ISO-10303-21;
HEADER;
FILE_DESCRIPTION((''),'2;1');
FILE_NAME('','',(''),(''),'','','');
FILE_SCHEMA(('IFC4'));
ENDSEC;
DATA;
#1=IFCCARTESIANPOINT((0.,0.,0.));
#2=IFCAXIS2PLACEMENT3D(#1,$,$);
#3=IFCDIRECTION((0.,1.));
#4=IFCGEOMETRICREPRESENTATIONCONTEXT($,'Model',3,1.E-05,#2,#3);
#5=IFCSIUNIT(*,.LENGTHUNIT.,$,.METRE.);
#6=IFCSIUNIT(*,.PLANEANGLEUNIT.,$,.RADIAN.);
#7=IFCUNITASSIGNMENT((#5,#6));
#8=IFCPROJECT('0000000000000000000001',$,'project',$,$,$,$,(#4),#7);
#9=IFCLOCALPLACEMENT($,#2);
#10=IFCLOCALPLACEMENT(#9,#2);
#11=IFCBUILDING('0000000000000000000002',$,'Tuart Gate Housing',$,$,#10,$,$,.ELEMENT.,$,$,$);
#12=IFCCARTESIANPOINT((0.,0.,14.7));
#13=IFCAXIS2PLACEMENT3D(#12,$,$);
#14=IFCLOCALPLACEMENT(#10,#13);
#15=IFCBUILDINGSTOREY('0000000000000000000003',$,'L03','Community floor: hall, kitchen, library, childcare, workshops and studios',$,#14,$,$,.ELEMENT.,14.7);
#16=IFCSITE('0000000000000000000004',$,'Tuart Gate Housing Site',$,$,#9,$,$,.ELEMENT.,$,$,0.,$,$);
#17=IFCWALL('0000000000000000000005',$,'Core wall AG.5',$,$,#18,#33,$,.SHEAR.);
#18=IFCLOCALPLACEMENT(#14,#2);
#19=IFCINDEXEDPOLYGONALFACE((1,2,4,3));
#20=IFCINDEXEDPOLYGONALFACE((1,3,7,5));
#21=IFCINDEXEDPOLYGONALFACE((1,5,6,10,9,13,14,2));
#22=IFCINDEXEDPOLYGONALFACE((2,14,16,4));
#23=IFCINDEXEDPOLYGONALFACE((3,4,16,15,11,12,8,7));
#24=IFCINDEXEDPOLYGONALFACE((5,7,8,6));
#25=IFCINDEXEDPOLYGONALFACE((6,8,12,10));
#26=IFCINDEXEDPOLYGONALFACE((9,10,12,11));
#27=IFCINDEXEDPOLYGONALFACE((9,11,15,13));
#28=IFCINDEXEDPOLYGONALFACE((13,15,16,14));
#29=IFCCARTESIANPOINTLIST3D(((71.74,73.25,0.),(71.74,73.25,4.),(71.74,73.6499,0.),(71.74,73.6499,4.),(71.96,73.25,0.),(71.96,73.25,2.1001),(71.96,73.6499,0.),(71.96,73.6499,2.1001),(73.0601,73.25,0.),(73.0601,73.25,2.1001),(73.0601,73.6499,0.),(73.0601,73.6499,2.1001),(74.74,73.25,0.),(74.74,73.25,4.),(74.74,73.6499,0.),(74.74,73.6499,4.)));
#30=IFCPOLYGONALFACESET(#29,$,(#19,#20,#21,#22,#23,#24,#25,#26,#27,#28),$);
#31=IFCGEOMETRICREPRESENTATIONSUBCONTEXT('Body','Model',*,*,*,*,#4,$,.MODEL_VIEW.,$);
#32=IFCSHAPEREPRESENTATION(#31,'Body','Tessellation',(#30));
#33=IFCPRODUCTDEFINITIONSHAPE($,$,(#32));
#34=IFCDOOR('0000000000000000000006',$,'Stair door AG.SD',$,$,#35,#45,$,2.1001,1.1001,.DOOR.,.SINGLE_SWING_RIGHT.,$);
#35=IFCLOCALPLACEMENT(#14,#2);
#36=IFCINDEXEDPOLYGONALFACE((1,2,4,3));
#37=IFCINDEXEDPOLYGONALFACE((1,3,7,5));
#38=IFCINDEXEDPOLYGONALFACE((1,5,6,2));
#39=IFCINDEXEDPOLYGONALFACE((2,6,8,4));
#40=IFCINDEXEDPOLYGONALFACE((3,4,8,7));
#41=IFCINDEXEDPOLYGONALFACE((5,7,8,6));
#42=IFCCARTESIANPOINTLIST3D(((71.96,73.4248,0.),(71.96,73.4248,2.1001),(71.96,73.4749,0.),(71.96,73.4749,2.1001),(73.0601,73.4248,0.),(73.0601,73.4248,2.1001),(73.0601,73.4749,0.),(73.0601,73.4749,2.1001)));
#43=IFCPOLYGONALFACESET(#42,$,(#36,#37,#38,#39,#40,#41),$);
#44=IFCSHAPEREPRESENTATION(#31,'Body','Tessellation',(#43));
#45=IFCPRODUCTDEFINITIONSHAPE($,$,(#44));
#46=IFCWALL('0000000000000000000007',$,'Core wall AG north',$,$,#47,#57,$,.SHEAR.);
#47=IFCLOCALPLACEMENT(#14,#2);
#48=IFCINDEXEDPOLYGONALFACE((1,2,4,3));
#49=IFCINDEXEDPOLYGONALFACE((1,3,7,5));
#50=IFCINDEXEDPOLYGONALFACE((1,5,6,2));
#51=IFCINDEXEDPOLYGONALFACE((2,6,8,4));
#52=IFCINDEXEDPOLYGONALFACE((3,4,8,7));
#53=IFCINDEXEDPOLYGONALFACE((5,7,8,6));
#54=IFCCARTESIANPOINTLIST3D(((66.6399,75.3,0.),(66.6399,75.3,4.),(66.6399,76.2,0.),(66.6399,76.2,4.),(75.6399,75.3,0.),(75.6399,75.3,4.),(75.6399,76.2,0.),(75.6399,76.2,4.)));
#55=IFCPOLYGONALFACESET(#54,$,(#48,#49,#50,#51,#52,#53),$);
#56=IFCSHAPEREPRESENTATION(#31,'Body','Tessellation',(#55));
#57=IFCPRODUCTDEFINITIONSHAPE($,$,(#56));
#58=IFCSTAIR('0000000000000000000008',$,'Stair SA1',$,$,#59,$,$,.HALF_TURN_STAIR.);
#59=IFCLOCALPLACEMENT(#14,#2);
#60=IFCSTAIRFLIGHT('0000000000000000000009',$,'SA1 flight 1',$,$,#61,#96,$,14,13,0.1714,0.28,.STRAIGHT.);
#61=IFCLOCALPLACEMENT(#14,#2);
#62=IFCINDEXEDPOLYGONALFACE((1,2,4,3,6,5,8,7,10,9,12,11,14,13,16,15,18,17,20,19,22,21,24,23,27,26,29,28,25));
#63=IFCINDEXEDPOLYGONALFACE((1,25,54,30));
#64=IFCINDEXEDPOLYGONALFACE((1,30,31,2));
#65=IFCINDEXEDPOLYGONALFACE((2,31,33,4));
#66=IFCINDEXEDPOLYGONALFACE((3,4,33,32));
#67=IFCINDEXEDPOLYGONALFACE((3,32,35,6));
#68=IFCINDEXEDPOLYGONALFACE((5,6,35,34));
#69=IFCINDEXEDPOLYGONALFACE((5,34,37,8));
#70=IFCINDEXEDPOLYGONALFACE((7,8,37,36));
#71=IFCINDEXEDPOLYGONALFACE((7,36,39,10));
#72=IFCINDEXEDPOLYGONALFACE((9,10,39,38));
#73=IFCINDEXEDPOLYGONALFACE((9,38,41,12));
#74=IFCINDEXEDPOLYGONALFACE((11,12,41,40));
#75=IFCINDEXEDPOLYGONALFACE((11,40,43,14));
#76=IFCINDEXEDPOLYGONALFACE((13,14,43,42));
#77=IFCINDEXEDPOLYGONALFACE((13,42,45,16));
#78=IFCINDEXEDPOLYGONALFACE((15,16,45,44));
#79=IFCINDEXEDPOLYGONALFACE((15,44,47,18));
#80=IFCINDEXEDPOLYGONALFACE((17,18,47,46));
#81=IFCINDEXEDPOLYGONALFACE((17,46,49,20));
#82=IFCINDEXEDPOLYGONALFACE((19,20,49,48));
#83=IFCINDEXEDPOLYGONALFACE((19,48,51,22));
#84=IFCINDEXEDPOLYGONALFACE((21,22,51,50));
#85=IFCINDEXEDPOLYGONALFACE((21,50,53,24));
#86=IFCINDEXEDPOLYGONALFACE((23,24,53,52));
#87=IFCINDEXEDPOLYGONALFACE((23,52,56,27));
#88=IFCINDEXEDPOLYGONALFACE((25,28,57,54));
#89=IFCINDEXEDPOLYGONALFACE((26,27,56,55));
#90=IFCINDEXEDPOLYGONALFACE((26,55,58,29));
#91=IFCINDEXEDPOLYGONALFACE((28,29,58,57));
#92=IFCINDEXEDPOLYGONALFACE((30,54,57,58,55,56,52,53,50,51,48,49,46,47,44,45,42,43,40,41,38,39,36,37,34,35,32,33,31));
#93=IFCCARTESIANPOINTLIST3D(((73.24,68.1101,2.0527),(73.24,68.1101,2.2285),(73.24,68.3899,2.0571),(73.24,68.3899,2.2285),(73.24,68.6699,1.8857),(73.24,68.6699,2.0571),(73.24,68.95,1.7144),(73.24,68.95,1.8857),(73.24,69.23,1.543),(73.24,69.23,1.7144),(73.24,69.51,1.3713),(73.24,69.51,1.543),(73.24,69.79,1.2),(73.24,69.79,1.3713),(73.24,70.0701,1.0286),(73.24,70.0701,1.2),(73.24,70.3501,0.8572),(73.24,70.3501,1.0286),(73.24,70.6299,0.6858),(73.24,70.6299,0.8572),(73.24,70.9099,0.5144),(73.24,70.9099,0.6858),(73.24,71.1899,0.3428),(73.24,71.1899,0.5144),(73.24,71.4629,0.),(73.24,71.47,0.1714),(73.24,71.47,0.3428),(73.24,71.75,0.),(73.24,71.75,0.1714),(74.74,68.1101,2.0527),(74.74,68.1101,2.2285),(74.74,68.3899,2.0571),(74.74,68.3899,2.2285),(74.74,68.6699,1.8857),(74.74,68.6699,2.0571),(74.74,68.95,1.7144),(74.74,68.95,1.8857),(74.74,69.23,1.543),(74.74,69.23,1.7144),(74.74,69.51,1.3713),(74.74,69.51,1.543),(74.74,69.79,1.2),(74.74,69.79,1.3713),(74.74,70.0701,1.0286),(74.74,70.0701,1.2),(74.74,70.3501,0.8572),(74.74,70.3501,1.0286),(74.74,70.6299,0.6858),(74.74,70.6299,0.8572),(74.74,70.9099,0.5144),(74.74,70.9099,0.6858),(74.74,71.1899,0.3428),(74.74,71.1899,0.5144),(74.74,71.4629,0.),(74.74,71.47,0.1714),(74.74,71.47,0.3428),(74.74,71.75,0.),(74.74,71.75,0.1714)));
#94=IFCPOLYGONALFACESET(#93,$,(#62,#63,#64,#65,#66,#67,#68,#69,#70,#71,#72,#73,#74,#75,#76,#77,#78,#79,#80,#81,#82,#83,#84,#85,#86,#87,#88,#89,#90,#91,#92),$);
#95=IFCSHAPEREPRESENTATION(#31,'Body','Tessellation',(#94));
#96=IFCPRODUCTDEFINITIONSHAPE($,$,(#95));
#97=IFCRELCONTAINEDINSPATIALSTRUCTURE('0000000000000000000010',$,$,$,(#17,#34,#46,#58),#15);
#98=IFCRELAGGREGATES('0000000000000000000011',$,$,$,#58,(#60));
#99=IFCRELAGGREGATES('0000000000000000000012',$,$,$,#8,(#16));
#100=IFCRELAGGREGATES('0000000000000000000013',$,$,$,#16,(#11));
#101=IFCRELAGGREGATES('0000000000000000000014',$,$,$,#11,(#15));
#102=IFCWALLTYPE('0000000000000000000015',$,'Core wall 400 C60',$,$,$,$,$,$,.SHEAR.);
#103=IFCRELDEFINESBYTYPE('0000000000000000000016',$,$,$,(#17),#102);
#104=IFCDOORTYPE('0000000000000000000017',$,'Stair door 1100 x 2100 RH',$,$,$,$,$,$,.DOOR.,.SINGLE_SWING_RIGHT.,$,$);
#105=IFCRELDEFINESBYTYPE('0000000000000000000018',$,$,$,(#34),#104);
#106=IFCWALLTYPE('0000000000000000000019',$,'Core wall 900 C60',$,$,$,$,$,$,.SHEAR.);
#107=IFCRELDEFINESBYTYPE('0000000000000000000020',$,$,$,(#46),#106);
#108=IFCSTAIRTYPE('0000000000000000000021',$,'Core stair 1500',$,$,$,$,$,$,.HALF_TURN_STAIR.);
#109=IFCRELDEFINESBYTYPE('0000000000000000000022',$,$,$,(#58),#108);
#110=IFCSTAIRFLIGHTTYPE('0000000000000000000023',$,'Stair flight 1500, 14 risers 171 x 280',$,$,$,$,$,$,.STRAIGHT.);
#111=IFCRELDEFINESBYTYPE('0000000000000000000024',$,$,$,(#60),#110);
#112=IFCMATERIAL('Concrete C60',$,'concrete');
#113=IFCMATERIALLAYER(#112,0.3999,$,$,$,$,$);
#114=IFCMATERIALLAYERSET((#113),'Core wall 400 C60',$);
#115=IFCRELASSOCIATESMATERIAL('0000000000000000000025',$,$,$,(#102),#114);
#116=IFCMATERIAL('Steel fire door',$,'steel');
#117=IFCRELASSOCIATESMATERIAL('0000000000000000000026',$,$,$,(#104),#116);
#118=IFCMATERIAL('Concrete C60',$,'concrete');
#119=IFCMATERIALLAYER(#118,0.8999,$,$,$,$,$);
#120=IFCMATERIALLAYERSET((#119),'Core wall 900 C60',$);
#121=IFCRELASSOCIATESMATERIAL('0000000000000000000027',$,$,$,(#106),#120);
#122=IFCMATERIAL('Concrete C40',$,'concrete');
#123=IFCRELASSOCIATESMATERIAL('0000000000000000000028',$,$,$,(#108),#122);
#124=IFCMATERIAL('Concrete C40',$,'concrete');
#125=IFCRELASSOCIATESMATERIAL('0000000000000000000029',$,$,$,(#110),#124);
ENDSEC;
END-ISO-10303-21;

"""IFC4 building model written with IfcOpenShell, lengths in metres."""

from ifc_helpers import new_model, si_unit, direction, frame, frame_2d, origin, place, context, subcontext, project, spatial, polyline, rectangle, outline, extrude, material, layer, layer_set, type_object, element, fill, aggregate, save


model = new_model("IFC4")

# Units and contexts
model_context = context("Model", 3, precision=1e-05, world=origin(), true_north=direction((0.0, 1.0)))
body_context = subcontext(model_context, "Body", "Model", "MODEL_VIEW")
ifc_project = project(units=[si_unit("LENGTHUNIT", "METRE"), si_unit("PLANEANGLEUNIT", "RADIAN")], contexts=[model_context])

# Site, building, storey
site_placement = place(None, origin())
site = spatial("IfcSite", under=ifc_project, at=site_placement, Name="Tuart Gate Housing Site", CompositionType="ELEMENT", RefElevation=0.0)
building_placement = place(site_placement, origin())
building = spatial("IfcBuilding", under=site, at=building_placement, Name="Tuart Gate Housing", CompositionType="ELEMENT")
storey_placement = place(building_placement, frame((0.0, 0.0, 14.7)))
storey = spatial("IfcBuildingStorey", under=building, at=storey_placement, Name="L03", Description="Community floor: hall, kitchen, library, childcare, workshops and studios", CompositionType="ELEMENT", Elevation=14.7)

# Shared definitions
ifc_material_1 = material(Name="Concrete C60", Category="concrete")
ifc_layer_1 = layer(ifc_material_1, 0.3999)
ifc_layer_set_1 = layer_set([ifc_layer_1], Name="Core wall 400 C60")
wall_type_1 = type_object("IfcWallType", Name="Core wall 400 C60", PredefinedType="SHEAR", material=ifc_layer_set_1)

# Wall, opening, door
wall_1_placement = place(storey_placement, frame((71.74, 73.45, 0.0), z_axis=(0.0, 0.0, 1.0), x_axis=(1.0, 0.0, 0.0)))
wall_1 = element("IfcWall", 1, at=wall_1_placement, inside=storey, type_object=wall_type_1, Name="Core wall AG.5", PredefinedType="SHEAR", context=body_context, shape_type="SweptSolid", body=[
    extrude(rectangle(XDim=3.0, YDim=0.3999, at=frame_2d((1.5, 0.0))), origin(), (0.0, 0.0, 1.0), 4.0),
])
opening_placement = place(wall_1_placement, frame((0.22, 0.0, 0.0)))
opening = element("IfcOpeningElement", 2, at=opening_placement, cuts=wall_1, PredefinedType="OPENING", context=body_context, shape_type="SweptSolid", body=[
    extrude(rectangle(XDim=1.1001, YDim=2.1001, at=frame_2d((0.55, 1.05))), frame((0.0, 0.21, 0.0), z_axis=(0.0, -1.0, 0.0), x_axis=(1.0, 0.0, 0.0)), (0.0, 0.0, 1.0), 0.4199),
])
ifc_material_2 = material(Name="Steel fire door", Category="steel")
door_type = type_object("IfcDoorType", Name="Stair door 1100 x 2100 RH", OperationType="SINGLE_SWING_RIGHT", PredefinedType="DOOR", material=ifc_material_2)
door_placement = place(opening_placement, frame((1.1001, 0.0, 0.0), z_axis=(0.0, 0.0, 1.0), x_axis=(-1.0, 0.0, 0.0)))
door = element("IfcDoor", 3, at=door_placement, inside=storey, type_object=door_type, Name="Stair door AG.SD", OperationType="SINGLE_SWING_RIGHT", OverallHeight=2.1001, OverallWidth=1.1001, PredefinedType="DOOR", context=body_context, shape_type="SweptSolid", body=[
    extrude(rectangle(XDim=1.1001, YDim=2.1001, at=frame_2d((0.55, 1.05))), frame((0.0, 0.0251, 0.0), z_axis=(0.0, -1.0, 0.0), x_axis=(1.0, 0.0, 0.0)), (0.0, 0.0, 1.0), 0.05),
])
fill(opening, door)

# Wall
ifc_material_3 = material(Name="Concrete C60", Category="concrete")
ifc_layer_2 = layer(ifc_material_3, 0.8999)
ifc_layer_set_2 = layer_set([ifc_layer_2], Name="Core wall 900 C60")
wall_type_2 = type_object("IfcWallType", Name="Core wall 900 C60", PredefinedType="SHEAR", material=ifc_layer_set_2)
wall_2_placement = place(storey_placement, frame((66.6399, 75.75, 0.0), z_axis=(0.0, 0.0, 1.0), x_axis=(1.0, 0.0, 0.0)))
element("IfcWall", 4, at=wall_2_placement, inside=storey, type_object=wall_type_2, Name="Core wall AG north", PredefinedType="SHEAR", context=body_context, shape_type="SweptSolid", body=[
    extrude(rectangle(XDim=9.0, YDim=0.8999, at=frame_2d((4.5, 0.0))), origin(), (0.0, 0.0, 1.0), 4.0),
])

# Stair, stair flight
ifc_material_4 = material(Name="Concrete C40", Category="concrete")
stair_type = type_object("IfcStairType", Name="Core stair 1500", PredefinedType="HALF_TURN_STAIR", material=ifc_material_4)
stair_placement = place(storey_placement, origin())
stair = element("IfcStair", 5, at=stair_placement, inside=storey, type_object=stair_type, Name="Stair SA1", PredefinedType="HALF_TURN_STAIR")
ifc_material_5 = material(Name="Concrete C40", Category="concrete")
stair_flight_type = type_object("IfcStairFlightType", Name="Stair flight 1500, 14 risers 171 x 280", PredefinedType="STRAIGHT", material=ifc_material_5)
stair_flight_placement = place(storey_placement, frame((73.99, 71.75, 0.0), z_axis=(0.0, 0.0, 1.0), x_axis=(0.0, -1.0, 0.0)))
stair_flight = element("IfcStairFlight", 6, at=stair_flight_placement, type_object=stair_flight_type, Name="SA1 flight 1", NumberOfRisers=14, NumberOfTreads=13, PredefinedType="STRAIGHT", RiserHeight=0.1714, TreadLength=0.28, context=body_context, shape_type="SweptSolid", body=[
    extrude(outline(polyline([(0.0, 0.0), (0.0, 0.1714), (0.28, 0.1714), (0.28, 0.3428), (0.5601, 0.3428), (0.5601, 0.5144), (0.8401, 0.5144), (0.8401, 0.6858), (1.1201, 0.6858), (1.1201, 0.8572), (1.3999, 0.8572), (1.3999, 1.0286), (1.6799, 1.0286), (1.6799, 1.2), (1.96, 1.2), (1.96, 1.3713), (2.24, 1.3713), (2.24, 1.543), (2.52, 1.543), (2.52, 1.7144), (2.8, 1.7144), (2.8, 1.8857), (3.0801, 1.8857), (3.0801, 2.0571), (3.3601, 2.0571), (3.3601, 2.2285), (3.6399, 2.2285), (3.6399, 2.3999), (3.6399, 2.0527), (0.2871, 0.0), (0.0, 0.0)])), frame((0.0, 0.75, 0.0), z_axis=(0.0, -1.0, 0.0), x_axis=(1.0, 0.0, 0.0)), (0.0, 0.0, 1.0), 1.5),
])
aggregate(stair, [stair_flight])

save(model, "model.ifc")
